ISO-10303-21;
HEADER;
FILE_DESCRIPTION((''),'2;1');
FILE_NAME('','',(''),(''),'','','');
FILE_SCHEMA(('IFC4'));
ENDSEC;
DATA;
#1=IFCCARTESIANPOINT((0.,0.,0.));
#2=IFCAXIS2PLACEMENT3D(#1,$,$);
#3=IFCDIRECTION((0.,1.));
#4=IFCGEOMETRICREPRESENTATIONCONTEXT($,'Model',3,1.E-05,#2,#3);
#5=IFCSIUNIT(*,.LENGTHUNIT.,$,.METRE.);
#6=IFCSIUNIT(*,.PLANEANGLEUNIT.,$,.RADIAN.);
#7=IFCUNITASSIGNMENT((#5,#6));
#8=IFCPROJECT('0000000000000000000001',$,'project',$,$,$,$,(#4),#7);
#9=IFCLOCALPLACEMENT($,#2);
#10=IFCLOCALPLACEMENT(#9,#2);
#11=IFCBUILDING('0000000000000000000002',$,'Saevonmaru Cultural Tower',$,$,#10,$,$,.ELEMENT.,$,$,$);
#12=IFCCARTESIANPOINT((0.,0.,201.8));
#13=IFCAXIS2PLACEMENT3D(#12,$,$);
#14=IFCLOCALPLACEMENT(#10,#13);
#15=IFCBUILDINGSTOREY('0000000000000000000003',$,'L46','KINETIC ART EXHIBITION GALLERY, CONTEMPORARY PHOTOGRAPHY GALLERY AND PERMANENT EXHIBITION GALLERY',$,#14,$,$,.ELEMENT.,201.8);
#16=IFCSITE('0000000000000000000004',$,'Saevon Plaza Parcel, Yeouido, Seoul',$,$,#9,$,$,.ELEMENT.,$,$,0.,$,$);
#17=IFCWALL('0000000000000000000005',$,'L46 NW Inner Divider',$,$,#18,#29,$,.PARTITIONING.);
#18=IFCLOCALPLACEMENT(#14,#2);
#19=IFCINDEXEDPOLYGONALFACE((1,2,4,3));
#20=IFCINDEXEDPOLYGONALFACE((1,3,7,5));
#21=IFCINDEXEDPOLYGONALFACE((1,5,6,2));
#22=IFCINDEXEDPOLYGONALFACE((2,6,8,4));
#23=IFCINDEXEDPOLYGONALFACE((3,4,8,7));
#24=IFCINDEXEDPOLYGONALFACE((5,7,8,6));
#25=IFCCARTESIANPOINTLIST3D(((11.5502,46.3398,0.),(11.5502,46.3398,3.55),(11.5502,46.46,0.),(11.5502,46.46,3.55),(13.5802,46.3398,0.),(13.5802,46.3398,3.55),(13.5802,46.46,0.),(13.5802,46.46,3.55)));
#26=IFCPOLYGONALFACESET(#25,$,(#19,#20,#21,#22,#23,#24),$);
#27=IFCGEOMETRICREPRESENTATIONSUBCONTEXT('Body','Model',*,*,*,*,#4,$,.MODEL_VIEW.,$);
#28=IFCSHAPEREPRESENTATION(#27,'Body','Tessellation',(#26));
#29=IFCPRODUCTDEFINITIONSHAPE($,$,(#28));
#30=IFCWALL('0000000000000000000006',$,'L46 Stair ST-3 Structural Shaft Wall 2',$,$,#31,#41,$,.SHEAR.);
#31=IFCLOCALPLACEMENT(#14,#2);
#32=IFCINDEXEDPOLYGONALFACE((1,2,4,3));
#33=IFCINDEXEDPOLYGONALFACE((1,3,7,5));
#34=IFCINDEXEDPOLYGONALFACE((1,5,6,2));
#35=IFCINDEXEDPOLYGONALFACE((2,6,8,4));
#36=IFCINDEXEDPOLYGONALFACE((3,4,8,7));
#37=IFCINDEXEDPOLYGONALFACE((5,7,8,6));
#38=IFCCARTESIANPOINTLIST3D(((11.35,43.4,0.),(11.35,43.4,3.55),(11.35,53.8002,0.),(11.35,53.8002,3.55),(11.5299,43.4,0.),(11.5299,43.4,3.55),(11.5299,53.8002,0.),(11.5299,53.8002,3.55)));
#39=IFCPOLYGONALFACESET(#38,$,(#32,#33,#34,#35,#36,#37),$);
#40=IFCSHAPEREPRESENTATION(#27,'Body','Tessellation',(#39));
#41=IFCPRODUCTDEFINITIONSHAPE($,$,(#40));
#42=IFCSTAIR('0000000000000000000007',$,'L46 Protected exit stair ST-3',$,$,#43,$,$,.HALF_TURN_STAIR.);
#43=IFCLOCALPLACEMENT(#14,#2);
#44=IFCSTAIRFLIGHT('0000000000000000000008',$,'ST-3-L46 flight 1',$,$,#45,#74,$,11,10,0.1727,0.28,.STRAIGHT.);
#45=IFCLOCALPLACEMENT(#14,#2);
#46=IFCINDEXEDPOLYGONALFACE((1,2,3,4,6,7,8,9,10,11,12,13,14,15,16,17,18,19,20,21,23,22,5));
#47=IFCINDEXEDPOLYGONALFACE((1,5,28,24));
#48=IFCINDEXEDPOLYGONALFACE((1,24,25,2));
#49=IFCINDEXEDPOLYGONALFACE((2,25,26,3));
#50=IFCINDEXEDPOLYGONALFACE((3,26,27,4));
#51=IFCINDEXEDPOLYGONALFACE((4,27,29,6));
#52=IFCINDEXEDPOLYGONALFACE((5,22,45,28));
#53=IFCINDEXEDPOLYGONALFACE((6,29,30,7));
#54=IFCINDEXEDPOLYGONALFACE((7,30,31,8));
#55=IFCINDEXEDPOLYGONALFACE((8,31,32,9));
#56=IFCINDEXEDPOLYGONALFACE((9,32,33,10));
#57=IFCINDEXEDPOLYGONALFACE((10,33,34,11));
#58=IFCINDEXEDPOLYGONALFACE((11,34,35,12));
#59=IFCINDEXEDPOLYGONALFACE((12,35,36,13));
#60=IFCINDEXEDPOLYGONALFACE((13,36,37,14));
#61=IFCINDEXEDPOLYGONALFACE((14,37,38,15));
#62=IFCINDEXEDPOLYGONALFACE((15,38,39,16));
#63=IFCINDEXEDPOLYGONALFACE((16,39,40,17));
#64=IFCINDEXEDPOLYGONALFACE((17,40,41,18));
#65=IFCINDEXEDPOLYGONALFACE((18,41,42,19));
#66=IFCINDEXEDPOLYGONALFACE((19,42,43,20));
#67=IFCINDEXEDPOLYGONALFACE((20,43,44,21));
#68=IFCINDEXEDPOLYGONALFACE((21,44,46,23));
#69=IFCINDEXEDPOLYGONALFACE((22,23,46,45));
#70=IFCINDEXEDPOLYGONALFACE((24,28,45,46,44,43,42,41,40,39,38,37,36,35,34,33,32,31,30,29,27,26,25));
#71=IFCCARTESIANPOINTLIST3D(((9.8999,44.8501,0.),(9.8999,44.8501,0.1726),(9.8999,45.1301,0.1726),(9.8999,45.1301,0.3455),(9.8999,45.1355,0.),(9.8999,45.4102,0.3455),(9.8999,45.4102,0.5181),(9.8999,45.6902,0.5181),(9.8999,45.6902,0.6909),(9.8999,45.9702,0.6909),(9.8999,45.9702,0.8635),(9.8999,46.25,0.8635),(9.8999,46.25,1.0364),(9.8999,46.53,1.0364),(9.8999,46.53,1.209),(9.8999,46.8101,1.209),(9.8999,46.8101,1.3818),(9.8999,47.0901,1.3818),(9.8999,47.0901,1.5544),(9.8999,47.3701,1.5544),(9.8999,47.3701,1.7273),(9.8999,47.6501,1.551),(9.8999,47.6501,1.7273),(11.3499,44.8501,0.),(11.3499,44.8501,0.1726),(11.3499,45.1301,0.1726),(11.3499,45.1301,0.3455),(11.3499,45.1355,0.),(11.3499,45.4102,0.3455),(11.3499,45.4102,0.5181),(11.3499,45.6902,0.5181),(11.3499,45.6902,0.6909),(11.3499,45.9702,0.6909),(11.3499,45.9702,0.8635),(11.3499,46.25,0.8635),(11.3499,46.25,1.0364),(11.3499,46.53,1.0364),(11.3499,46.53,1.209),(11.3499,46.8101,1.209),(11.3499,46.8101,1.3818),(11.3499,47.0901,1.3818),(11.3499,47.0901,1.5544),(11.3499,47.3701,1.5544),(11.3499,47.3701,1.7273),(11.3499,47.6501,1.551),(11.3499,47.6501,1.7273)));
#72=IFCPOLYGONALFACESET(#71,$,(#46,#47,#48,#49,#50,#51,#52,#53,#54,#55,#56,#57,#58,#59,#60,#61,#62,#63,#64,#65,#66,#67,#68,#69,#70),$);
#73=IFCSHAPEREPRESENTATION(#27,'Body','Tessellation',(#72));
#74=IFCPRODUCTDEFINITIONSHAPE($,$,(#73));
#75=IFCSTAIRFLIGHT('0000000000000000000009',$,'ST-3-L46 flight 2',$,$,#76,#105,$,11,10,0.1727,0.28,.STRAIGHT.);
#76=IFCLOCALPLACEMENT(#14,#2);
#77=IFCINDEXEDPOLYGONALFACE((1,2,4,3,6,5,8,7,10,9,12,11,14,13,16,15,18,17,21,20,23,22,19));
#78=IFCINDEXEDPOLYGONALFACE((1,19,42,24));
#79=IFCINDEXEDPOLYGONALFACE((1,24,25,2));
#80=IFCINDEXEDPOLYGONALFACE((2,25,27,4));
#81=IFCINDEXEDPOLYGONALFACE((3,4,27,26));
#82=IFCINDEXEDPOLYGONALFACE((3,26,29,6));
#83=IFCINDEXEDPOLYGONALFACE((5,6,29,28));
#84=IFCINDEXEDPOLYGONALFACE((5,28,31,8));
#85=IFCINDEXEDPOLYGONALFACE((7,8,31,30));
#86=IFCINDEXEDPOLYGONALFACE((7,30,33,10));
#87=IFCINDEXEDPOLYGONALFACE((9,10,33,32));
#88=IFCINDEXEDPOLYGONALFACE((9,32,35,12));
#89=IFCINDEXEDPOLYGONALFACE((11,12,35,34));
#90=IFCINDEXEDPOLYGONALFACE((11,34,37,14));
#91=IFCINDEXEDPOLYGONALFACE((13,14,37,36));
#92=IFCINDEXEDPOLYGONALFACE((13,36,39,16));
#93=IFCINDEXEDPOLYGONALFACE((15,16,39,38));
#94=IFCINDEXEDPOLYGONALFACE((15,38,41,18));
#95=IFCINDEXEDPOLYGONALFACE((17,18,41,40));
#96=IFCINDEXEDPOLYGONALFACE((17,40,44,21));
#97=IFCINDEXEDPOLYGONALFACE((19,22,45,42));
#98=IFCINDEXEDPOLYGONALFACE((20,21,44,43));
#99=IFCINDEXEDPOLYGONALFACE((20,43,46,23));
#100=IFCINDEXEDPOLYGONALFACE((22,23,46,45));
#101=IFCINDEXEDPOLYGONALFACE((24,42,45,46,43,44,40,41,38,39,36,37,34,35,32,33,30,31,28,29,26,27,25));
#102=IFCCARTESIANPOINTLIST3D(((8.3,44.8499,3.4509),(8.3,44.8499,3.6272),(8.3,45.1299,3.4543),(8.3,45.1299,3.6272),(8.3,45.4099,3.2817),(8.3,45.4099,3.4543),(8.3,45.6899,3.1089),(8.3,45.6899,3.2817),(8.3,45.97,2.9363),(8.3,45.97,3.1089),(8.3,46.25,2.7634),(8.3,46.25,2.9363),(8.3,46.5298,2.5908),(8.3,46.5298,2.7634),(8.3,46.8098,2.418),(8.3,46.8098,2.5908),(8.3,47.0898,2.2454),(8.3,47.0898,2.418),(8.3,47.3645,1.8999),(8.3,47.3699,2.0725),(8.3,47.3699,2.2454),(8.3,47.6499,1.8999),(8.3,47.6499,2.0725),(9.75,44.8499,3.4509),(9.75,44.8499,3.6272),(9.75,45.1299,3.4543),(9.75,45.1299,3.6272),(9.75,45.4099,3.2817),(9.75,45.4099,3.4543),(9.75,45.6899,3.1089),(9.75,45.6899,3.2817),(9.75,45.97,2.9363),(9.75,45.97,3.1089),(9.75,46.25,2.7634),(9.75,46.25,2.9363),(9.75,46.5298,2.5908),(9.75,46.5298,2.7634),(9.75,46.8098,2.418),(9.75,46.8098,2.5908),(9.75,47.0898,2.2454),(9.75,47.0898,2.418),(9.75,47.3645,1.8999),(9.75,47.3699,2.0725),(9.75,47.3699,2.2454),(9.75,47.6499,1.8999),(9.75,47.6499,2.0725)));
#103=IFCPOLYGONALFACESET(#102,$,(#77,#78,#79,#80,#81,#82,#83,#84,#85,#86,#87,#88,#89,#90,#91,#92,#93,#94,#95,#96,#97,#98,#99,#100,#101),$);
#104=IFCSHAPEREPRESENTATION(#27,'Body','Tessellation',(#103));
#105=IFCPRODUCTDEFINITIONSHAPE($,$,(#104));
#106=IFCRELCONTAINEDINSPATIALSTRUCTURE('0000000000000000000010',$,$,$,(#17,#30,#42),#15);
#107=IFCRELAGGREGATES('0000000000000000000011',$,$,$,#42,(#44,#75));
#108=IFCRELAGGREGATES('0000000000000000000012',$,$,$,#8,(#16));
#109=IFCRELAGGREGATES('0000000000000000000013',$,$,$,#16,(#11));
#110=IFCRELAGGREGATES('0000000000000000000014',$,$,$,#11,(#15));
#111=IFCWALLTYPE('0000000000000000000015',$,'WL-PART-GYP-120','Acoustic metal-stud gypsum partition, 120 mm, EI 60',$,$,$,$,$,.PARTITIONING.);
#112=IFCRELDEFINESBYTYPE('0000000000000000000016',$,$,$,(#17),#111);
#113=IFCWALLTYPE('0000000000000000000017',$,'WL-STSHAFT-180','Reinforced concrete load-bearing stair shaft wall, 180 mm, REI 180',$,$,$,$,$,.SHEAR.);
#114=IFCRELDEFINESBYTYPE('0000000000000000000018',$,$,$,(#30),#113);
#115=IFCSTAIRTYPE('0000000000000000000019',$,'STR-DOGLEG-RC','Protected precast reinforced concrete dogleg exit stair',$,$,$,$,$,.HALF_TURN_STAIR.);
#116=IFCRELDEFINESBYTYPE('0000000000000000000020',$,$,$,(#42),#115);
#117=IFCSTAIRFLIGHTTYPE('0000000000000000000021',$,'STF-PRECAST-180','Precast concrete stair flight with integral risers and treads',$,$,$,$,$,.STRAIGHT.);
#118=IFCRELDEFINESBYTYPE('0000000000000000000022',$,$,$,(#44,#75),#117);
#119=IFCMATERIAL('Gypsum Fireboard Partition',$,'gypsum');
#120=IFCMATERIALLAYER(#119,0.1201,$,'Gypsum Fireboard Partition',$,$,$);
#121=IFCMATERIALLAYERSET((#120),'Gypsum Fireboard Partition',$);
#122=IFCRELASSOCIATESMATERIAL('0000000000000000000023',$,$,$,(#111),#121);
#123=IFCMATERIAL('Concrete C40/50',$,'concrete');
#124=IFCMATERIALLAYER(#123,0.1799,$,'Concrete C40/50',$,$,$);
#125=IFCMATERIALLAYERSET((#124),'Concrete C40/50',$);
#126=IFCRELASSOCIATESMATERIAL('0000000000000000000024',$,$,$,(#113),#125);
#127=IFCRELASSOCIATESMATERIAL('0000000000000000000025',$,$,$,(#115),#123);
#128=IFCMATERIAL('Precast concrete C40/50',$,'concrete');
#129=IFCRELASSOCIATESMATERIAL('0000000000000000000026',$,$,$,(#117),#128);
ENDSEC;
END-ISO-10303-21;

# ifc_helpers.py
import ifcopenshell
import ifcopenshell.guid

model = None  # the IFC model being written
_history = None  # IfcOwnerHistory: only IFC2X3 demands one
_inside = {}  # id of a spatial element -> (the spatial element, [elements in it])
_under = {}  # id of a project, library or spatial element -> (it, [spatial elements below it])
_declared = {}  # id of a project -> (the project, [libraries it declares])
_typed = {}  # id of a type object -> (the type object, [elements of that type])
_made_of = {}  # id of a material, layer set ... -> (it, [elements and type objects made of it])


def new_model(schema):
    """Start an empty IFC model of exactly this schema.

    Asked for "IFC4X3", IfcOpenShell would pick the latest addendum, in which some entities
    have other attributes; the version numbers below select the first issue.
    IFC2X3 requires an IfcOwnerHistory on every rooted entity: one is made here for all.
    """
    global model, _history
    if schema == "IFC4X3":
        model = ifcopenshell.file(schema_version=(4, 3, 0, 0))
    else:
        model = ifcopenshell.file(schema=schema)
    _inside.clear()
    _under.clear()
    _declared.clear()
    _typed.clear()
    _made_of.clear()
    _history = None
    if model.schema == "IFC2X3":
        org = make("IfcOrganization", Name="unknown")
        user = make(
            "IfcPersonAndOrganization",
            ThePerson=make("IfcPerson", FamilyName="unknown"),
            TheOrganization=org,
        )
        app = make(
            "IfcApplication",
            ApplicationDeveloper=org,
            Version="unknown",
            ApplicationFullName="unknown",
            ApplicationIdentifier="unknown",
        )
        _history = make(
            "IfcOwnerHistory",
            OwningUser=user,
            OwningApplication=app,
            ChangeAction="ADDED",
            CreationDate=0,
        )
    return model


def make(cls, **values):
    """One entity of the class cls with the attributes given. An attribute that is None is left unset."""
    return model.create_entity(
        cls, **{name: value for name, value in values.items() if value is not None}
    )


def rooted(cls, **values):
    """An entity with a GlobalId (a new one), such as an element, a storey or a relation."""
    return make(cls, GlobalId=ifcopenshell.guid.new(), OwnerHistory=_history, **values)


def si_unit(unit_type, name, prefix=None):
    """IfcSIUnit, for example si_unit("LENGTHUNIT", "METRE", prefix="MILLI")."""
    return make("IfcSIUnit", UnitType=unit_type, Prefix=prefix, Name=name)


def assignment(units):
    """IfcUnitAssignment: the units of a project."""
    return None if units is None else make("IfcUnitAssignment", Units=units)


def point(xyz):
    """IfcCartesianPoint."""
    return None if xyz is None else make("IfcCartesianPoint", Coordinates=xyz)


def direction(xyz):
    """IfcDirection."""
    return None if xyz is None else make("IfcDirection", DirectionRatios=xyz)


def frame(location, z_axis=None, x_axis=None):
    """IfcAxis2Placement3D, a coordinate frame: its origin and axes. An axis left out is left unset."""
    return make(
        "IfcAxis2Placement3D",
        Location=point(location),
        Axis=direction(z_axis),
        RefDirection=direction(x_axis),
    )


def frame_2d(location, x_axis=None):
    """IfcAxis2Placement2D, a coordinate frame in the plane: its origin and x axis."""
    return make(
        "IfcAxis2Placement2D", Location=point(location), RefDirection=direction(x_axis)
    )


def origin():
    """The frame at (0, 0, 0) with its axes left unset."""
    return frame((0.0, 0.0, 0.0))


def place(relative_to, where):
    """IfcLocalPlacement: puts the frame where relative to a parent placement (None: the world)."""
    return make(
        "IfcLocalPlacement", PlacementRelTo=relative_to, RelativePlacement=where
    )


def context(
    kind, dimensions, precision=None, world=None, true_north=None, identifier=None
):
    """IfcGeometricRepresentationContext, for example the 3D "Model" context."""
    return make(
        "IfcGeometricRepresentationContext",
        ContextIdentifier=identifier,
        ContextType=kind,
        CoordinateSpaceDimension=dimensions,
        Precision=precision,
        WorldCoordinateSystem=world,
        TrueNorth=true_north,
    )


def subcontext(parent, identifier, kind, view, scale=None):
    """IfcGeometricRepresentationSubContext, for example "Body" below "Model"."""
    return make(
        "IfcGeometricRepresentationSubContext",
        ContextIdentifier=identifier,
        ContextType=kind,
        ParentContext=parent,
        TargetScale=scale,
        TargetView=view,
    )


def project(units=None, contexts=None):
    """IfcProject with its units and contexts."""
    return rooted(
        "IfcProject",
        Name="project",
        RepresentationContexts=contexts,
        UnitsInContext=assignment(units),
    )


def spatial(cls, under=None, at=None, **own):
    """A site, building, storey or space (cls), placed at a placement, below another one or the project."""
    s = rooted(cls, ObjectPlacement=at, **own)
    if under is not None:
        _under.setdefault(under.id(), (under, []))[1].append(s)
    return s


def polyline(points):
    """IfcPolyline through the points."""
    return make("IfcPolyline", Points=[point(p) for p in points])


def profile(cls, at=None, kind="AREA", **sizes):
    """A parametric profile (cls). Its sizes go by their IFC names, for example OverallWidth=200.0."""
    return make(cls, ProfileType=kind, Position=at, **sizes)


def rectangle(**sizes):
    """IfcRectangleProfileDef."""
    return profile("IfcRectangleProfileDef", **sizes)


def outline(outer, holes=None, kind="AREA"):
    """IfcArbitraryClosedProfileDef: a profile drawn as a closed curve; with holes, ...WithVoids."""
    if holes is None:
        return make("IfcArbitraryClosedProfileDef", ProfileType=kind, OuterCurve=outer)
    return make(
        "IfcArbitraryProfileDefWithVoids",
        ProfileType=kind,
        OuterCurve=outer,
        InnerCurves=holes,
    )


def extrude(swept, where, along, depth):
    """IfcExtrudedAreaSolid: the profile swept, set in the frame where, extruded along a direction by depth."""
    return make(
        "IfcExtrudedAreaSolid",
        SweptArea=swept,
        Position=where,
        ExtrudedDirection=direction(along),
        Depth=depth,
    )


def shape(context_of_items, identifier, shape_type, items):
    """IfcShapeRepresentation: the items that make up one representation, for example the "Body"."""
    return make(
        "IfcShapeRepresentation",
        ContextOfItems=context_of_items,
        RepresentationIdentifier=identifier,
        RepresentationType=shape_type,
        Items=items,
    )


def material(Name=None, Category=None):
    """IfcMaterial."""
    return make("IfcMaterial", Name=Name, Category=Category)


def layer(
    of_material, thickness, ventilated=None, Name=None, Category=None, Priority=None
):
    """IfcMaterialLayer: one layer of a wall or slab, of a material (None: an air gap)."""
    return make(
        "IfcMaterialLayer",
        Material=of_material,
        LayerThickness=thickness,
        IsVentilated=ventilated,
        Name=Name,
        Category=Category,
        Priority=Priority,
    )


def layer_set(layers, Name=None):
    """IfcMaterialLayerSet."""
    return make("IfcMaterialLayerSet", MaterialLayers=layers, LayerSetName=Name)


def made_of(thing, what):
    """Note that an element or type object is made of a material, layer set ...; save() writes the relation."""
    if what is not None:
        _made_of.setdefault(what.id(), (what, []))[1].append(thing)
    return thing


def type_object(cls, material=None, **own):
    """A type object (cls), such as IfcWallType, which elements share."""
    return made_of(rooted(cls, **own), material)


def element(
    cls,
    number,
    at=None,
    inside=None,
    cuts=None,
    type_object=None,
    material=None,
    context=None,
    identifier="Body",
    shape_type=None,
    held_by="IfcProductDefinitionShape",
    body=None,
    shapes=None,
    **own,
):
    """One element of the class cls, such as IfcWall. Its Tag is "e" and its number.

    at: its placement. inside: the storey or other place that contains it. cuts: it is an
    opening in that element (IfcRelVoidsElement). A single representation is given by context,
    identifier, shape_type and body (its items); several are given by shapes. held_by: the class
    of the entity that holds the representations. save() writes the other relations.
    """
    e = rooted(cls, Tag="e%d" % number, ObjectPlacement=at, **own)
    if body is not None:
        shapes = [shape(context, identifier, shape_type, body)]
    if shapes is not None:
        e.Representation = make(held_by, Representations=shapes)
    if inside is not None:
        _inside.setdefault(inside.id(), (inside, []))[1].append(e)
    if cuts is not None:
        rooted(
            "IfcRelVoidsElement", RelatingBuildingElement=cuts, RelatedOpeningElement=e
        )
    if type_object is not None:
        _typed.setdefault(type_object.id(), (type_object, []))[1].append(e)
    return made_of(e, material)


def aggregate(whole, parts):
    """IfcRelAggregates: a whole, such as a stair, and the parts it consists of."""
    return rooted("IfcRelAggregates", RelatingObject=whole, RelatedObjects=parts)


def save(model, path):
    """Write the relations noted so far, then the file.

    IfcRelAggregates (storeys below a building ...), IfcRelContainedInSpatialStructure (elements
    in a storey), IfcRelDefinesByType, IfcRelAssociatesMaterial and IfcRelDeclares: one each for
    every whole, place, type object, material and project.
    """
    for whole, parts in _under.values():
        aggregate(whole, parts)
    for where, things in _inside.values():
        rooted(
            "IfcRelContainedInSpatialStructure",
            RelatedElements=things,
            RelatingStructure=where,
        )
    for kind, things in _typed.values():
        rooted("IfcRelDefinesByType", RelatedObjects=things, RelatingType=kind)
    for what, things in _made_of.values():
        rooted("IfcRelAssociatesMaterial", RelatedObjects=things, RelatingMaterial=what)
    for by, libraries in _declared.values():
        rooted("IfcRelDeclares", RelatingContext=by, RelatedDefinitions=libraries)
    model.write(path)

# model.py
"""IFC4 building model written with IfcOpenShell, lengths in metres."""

from ifc_helpers import new_model, si_unit, direction, frame, frame_2d, origin, place, context, subcontext, project, spatial, polyline, rectangle, outline, extrude, material, layer, layer_set, type_object, element, aggregate, save


model = new_model("IFC4")

# Units and contexts
model_context = context("Model", 3, precision=1e-05, world=origin(), true_north=direction((0.0, 1.0)))
body_context = subcontext(model_context, "Body", "Model", "MODEL_VIEW")
ifc_project = project(units=[si_unit("LENGTHUNIT", "METRE"), si_unit("PLANEANGLEUNIT", "RADIAN")], contexts=[model_context])

# Site, building, storey
site_placement = place(None, origin())
site = spatial("IfcSite", under=ifc_project, at=site_placement, Name="Saevon Plaza Parcel, Yeouido, Seoul", CompositionType="ELEMENT", RefElevation=0.0)
building_placement = place(site_placement, origin())
building = spatial("IfcBuilding", under=site, at=building_placement, Name="Saevonmaru Cultural Tower", CompositionType="ELEMENT")
storey_placement = place(building_placement, frame((0.0, 0.0, 201.8)))
storey = spatial("IfcBuildingStorey", under=building, at=storey_placement, Name="L46", Description="KINETIC ART EXHIBITION GALLERY, CONTEMPORARY PHOTOGRAPHY GALLERY AND PERMANENT EXHIBITION GALLERY", CompositionType="ELEMENT", Elevation=201.8)

# Wall
ifc_material_1 = material(Name="Gypsum Fireboard Partition", Category="gypsum")
ifc_layer_1 = layer(ifc_material_1, 0.1201, Name="Gypsum Fireboard Partition")
ifc_layer_set_1 = layer_set([ifc_layer_1], Name="Gypsum Fireboard Partition")
wall_type_1 = type_object("IfcWallType", Name="WL-PART-GYP-120", Description="Acoustic metal-stud gypsum partition, 120 mm, EI 60", PredefinedType="PARTITIONING", material=ifc_layer_set_1)
wall_1_placement = place(storey_placement, frame((11.55, 46.3999, 0.0), z_axis=(0.0, 0.0, 1.0), x_axis=(1.0, 0.0, 0.0)))
element("IfcWall", 1, at=wall_1_placement, inside=storey, type_object=wall_type_1, Name="L46 NW Inner Divider", PredefinedType="PARTITIONING", context=body_context, shape_type="SweptSolid", body=[
    extrude(rectangle(XDim=2.03, YDim=0.1201, at=frame_2d((1.0151, 0.0))), origin(), (0.0, 0.0, 1.0), 3.55),
])

# Shared definitions
ifc_material_2 = material(Name="Concrete C40/50", Category="concrete")
ifc_layer_2 = layer(ifc_material_2, 0.1799, Name="Concrete C40/50")
ifc_layer_set_2 = layer_set([ifc_layer_2], Name="Concrete C40/50")
wall_type_2 = type_object("IfcWallType", Name="WL-STSHAFT-180", Description="Reinforced concrete load-bearing stair shaft wall, 180 mm, REI 180", PredefinedType="SHEAR", material=ifc_layer_set_2)

# Wall
wall_2_placement = place(storey_placement, frame((11.4399, 43.3999, 0.0), z_axis=(0.0, 0.0, 1.0), x_axis=(0.0, 1.0, 0.0)))
element("IfcWall", 2, at=wall_2_placement, inside=storey, type_object=wall_type_2, Name="L46 Stair ST-3 Structural Shaft Wall 2", PredefinedType="SHEAR", context=body_context, shape_type="SweptSolid", body=[
    extrude(rectangle(XDim=10.4001, YDim=0.1799, at=frame_2d((5.2002, 0.0))), origin(), (0.0, 0.0, 1.0), 3.55),
])

# Stair, stair flights
stair_type = type_object("IfcStairType", Name="STR-DOGLEG-RC", Description="Protected precast reinforced concrete dogleg exit stair", PredefinedType="HALF_TURN_STAIR", material=ifc_material_2)
stair_placement = place(storey_placement, origin())
stair = element("IfcStair", 3, at=stair_placement, inside=storey, type_object=stair_type, Name="L46 Protected exit stair ST-3", PredefinedType="HALF_TURN_STAIR")
ifc_material_3 = material(Name="Precast concrete C40/50", Category="concrete")
stair_flight_type = type_object("IfcStairFlightType", Name="STF-PRECAST-180", Description="Precast concrete stair flight with integral risers and treads", PredefinedType="STRAIGHT", material=ifc_material_3)
stair_flight_1_placement = place(storey_placement, frame((10.625, 44.8501, 0.0), z_axis=(0.0, 0.0, 1.0), x_axis=(0.0, 1.0, 0.0)))
stair_flight_1 = element("IfcStairFlight", 4, at=stair_flight_1_placement, type_object=stair_flight_type, Name="ST-3-L46 flight 1", NumberOfRisers=11, NumberOfTreads=10, PredefinedType="STRAIGHT", RiserHeight=0.1727, TreadLength=0.28, context=body_context, shape_type="SweptSolid", body=[
    extrude(outline(polyline([(0.0, 0.0), (0.0, 0.1726), (0.28, 0.1726), (0.28, 0.3455), (0.5601, 0.3455), (0.5601, 0.5181), (0.8401, 0.5181), (0.8401, 0.6909), (1.1201, 0.6909), (1.1201, 0.8635), (1.3999, 0.8635), (1.3999, 1.0364), (1.6799, 1.0364), (1.6799, 1.209), (1.96, 1.209), (1.96, 1.3818), (2.24, 1.3818), (2.24, 1.5544), (2.52, 1.5544), (2.52, 1.7273), (2.8, 1.7273), (2.8, 1.8999), (2.8, 1.551), (0.2854, 0.0), (0.0, 0.0)])), frame((0.0, 0.7251, 0.0), z_axis=(0.0, -1.0, 0.0), x_axis=(1.0, 0.0, 0.0)), (0.0, 0.0, 1.0), 1.45),
])
stair_flight_2_placement = place(storey_placement, frame((9.0249, 47.6499, 1.8999), z_axis=(0.0, 0.0, 1.0), x_axis=(0.0, -1.0, 0.0)))
stair_flight_2 = element("IfcStairFlight", 5, at=stair_flight_2_placement, type_object=stair_flight_type, Name="ST-3-L46 flight 2", NumberOfRisers=11, NumberOfTreads=10, PredefinedType="STRAIGHT", RiserHeight=0.1727, TreadLength=0.28, context=body_context, shape_type="SweptSolid", body=[
    extrude(outline(polyline([(0.0, 0.0), (0.0, 0.1726), (0.28, 0.1726), (0.28, 0.3455), (0.5601, 0.3455), (0.5601, 0.5181), (0.8401, 0.5181), (0.8401, 0.6909), (1.1201, 0.6909), (1.1201, 0.8635), (1.3999, 0.8635), (1.3999, 1.0364), (1.6799, 1.0364), (1.6799, 1.209), (1.96, 1.209), (1.96, 1.3818), (2.24, 1.3818), (2.24, 1.5544), (2.52, 1.5544), (2.52, 1.7273), (2.8, 1.7273), (2.8, 1.8999), (2.8, 1.551), (0.2854, 0.0), (0.0, 0.0)])), frame((0.0, 0.7251, 0.0), z_axis=(0.0, -1.0, 0.0), x_axis=(1.0, 0.0, 0.0)), (0.0, 0.0, 1.0), 1.45),
])
aggregate(stair, [stair_flight_1, stair_flight_2])

save(model, "model.ifc")
